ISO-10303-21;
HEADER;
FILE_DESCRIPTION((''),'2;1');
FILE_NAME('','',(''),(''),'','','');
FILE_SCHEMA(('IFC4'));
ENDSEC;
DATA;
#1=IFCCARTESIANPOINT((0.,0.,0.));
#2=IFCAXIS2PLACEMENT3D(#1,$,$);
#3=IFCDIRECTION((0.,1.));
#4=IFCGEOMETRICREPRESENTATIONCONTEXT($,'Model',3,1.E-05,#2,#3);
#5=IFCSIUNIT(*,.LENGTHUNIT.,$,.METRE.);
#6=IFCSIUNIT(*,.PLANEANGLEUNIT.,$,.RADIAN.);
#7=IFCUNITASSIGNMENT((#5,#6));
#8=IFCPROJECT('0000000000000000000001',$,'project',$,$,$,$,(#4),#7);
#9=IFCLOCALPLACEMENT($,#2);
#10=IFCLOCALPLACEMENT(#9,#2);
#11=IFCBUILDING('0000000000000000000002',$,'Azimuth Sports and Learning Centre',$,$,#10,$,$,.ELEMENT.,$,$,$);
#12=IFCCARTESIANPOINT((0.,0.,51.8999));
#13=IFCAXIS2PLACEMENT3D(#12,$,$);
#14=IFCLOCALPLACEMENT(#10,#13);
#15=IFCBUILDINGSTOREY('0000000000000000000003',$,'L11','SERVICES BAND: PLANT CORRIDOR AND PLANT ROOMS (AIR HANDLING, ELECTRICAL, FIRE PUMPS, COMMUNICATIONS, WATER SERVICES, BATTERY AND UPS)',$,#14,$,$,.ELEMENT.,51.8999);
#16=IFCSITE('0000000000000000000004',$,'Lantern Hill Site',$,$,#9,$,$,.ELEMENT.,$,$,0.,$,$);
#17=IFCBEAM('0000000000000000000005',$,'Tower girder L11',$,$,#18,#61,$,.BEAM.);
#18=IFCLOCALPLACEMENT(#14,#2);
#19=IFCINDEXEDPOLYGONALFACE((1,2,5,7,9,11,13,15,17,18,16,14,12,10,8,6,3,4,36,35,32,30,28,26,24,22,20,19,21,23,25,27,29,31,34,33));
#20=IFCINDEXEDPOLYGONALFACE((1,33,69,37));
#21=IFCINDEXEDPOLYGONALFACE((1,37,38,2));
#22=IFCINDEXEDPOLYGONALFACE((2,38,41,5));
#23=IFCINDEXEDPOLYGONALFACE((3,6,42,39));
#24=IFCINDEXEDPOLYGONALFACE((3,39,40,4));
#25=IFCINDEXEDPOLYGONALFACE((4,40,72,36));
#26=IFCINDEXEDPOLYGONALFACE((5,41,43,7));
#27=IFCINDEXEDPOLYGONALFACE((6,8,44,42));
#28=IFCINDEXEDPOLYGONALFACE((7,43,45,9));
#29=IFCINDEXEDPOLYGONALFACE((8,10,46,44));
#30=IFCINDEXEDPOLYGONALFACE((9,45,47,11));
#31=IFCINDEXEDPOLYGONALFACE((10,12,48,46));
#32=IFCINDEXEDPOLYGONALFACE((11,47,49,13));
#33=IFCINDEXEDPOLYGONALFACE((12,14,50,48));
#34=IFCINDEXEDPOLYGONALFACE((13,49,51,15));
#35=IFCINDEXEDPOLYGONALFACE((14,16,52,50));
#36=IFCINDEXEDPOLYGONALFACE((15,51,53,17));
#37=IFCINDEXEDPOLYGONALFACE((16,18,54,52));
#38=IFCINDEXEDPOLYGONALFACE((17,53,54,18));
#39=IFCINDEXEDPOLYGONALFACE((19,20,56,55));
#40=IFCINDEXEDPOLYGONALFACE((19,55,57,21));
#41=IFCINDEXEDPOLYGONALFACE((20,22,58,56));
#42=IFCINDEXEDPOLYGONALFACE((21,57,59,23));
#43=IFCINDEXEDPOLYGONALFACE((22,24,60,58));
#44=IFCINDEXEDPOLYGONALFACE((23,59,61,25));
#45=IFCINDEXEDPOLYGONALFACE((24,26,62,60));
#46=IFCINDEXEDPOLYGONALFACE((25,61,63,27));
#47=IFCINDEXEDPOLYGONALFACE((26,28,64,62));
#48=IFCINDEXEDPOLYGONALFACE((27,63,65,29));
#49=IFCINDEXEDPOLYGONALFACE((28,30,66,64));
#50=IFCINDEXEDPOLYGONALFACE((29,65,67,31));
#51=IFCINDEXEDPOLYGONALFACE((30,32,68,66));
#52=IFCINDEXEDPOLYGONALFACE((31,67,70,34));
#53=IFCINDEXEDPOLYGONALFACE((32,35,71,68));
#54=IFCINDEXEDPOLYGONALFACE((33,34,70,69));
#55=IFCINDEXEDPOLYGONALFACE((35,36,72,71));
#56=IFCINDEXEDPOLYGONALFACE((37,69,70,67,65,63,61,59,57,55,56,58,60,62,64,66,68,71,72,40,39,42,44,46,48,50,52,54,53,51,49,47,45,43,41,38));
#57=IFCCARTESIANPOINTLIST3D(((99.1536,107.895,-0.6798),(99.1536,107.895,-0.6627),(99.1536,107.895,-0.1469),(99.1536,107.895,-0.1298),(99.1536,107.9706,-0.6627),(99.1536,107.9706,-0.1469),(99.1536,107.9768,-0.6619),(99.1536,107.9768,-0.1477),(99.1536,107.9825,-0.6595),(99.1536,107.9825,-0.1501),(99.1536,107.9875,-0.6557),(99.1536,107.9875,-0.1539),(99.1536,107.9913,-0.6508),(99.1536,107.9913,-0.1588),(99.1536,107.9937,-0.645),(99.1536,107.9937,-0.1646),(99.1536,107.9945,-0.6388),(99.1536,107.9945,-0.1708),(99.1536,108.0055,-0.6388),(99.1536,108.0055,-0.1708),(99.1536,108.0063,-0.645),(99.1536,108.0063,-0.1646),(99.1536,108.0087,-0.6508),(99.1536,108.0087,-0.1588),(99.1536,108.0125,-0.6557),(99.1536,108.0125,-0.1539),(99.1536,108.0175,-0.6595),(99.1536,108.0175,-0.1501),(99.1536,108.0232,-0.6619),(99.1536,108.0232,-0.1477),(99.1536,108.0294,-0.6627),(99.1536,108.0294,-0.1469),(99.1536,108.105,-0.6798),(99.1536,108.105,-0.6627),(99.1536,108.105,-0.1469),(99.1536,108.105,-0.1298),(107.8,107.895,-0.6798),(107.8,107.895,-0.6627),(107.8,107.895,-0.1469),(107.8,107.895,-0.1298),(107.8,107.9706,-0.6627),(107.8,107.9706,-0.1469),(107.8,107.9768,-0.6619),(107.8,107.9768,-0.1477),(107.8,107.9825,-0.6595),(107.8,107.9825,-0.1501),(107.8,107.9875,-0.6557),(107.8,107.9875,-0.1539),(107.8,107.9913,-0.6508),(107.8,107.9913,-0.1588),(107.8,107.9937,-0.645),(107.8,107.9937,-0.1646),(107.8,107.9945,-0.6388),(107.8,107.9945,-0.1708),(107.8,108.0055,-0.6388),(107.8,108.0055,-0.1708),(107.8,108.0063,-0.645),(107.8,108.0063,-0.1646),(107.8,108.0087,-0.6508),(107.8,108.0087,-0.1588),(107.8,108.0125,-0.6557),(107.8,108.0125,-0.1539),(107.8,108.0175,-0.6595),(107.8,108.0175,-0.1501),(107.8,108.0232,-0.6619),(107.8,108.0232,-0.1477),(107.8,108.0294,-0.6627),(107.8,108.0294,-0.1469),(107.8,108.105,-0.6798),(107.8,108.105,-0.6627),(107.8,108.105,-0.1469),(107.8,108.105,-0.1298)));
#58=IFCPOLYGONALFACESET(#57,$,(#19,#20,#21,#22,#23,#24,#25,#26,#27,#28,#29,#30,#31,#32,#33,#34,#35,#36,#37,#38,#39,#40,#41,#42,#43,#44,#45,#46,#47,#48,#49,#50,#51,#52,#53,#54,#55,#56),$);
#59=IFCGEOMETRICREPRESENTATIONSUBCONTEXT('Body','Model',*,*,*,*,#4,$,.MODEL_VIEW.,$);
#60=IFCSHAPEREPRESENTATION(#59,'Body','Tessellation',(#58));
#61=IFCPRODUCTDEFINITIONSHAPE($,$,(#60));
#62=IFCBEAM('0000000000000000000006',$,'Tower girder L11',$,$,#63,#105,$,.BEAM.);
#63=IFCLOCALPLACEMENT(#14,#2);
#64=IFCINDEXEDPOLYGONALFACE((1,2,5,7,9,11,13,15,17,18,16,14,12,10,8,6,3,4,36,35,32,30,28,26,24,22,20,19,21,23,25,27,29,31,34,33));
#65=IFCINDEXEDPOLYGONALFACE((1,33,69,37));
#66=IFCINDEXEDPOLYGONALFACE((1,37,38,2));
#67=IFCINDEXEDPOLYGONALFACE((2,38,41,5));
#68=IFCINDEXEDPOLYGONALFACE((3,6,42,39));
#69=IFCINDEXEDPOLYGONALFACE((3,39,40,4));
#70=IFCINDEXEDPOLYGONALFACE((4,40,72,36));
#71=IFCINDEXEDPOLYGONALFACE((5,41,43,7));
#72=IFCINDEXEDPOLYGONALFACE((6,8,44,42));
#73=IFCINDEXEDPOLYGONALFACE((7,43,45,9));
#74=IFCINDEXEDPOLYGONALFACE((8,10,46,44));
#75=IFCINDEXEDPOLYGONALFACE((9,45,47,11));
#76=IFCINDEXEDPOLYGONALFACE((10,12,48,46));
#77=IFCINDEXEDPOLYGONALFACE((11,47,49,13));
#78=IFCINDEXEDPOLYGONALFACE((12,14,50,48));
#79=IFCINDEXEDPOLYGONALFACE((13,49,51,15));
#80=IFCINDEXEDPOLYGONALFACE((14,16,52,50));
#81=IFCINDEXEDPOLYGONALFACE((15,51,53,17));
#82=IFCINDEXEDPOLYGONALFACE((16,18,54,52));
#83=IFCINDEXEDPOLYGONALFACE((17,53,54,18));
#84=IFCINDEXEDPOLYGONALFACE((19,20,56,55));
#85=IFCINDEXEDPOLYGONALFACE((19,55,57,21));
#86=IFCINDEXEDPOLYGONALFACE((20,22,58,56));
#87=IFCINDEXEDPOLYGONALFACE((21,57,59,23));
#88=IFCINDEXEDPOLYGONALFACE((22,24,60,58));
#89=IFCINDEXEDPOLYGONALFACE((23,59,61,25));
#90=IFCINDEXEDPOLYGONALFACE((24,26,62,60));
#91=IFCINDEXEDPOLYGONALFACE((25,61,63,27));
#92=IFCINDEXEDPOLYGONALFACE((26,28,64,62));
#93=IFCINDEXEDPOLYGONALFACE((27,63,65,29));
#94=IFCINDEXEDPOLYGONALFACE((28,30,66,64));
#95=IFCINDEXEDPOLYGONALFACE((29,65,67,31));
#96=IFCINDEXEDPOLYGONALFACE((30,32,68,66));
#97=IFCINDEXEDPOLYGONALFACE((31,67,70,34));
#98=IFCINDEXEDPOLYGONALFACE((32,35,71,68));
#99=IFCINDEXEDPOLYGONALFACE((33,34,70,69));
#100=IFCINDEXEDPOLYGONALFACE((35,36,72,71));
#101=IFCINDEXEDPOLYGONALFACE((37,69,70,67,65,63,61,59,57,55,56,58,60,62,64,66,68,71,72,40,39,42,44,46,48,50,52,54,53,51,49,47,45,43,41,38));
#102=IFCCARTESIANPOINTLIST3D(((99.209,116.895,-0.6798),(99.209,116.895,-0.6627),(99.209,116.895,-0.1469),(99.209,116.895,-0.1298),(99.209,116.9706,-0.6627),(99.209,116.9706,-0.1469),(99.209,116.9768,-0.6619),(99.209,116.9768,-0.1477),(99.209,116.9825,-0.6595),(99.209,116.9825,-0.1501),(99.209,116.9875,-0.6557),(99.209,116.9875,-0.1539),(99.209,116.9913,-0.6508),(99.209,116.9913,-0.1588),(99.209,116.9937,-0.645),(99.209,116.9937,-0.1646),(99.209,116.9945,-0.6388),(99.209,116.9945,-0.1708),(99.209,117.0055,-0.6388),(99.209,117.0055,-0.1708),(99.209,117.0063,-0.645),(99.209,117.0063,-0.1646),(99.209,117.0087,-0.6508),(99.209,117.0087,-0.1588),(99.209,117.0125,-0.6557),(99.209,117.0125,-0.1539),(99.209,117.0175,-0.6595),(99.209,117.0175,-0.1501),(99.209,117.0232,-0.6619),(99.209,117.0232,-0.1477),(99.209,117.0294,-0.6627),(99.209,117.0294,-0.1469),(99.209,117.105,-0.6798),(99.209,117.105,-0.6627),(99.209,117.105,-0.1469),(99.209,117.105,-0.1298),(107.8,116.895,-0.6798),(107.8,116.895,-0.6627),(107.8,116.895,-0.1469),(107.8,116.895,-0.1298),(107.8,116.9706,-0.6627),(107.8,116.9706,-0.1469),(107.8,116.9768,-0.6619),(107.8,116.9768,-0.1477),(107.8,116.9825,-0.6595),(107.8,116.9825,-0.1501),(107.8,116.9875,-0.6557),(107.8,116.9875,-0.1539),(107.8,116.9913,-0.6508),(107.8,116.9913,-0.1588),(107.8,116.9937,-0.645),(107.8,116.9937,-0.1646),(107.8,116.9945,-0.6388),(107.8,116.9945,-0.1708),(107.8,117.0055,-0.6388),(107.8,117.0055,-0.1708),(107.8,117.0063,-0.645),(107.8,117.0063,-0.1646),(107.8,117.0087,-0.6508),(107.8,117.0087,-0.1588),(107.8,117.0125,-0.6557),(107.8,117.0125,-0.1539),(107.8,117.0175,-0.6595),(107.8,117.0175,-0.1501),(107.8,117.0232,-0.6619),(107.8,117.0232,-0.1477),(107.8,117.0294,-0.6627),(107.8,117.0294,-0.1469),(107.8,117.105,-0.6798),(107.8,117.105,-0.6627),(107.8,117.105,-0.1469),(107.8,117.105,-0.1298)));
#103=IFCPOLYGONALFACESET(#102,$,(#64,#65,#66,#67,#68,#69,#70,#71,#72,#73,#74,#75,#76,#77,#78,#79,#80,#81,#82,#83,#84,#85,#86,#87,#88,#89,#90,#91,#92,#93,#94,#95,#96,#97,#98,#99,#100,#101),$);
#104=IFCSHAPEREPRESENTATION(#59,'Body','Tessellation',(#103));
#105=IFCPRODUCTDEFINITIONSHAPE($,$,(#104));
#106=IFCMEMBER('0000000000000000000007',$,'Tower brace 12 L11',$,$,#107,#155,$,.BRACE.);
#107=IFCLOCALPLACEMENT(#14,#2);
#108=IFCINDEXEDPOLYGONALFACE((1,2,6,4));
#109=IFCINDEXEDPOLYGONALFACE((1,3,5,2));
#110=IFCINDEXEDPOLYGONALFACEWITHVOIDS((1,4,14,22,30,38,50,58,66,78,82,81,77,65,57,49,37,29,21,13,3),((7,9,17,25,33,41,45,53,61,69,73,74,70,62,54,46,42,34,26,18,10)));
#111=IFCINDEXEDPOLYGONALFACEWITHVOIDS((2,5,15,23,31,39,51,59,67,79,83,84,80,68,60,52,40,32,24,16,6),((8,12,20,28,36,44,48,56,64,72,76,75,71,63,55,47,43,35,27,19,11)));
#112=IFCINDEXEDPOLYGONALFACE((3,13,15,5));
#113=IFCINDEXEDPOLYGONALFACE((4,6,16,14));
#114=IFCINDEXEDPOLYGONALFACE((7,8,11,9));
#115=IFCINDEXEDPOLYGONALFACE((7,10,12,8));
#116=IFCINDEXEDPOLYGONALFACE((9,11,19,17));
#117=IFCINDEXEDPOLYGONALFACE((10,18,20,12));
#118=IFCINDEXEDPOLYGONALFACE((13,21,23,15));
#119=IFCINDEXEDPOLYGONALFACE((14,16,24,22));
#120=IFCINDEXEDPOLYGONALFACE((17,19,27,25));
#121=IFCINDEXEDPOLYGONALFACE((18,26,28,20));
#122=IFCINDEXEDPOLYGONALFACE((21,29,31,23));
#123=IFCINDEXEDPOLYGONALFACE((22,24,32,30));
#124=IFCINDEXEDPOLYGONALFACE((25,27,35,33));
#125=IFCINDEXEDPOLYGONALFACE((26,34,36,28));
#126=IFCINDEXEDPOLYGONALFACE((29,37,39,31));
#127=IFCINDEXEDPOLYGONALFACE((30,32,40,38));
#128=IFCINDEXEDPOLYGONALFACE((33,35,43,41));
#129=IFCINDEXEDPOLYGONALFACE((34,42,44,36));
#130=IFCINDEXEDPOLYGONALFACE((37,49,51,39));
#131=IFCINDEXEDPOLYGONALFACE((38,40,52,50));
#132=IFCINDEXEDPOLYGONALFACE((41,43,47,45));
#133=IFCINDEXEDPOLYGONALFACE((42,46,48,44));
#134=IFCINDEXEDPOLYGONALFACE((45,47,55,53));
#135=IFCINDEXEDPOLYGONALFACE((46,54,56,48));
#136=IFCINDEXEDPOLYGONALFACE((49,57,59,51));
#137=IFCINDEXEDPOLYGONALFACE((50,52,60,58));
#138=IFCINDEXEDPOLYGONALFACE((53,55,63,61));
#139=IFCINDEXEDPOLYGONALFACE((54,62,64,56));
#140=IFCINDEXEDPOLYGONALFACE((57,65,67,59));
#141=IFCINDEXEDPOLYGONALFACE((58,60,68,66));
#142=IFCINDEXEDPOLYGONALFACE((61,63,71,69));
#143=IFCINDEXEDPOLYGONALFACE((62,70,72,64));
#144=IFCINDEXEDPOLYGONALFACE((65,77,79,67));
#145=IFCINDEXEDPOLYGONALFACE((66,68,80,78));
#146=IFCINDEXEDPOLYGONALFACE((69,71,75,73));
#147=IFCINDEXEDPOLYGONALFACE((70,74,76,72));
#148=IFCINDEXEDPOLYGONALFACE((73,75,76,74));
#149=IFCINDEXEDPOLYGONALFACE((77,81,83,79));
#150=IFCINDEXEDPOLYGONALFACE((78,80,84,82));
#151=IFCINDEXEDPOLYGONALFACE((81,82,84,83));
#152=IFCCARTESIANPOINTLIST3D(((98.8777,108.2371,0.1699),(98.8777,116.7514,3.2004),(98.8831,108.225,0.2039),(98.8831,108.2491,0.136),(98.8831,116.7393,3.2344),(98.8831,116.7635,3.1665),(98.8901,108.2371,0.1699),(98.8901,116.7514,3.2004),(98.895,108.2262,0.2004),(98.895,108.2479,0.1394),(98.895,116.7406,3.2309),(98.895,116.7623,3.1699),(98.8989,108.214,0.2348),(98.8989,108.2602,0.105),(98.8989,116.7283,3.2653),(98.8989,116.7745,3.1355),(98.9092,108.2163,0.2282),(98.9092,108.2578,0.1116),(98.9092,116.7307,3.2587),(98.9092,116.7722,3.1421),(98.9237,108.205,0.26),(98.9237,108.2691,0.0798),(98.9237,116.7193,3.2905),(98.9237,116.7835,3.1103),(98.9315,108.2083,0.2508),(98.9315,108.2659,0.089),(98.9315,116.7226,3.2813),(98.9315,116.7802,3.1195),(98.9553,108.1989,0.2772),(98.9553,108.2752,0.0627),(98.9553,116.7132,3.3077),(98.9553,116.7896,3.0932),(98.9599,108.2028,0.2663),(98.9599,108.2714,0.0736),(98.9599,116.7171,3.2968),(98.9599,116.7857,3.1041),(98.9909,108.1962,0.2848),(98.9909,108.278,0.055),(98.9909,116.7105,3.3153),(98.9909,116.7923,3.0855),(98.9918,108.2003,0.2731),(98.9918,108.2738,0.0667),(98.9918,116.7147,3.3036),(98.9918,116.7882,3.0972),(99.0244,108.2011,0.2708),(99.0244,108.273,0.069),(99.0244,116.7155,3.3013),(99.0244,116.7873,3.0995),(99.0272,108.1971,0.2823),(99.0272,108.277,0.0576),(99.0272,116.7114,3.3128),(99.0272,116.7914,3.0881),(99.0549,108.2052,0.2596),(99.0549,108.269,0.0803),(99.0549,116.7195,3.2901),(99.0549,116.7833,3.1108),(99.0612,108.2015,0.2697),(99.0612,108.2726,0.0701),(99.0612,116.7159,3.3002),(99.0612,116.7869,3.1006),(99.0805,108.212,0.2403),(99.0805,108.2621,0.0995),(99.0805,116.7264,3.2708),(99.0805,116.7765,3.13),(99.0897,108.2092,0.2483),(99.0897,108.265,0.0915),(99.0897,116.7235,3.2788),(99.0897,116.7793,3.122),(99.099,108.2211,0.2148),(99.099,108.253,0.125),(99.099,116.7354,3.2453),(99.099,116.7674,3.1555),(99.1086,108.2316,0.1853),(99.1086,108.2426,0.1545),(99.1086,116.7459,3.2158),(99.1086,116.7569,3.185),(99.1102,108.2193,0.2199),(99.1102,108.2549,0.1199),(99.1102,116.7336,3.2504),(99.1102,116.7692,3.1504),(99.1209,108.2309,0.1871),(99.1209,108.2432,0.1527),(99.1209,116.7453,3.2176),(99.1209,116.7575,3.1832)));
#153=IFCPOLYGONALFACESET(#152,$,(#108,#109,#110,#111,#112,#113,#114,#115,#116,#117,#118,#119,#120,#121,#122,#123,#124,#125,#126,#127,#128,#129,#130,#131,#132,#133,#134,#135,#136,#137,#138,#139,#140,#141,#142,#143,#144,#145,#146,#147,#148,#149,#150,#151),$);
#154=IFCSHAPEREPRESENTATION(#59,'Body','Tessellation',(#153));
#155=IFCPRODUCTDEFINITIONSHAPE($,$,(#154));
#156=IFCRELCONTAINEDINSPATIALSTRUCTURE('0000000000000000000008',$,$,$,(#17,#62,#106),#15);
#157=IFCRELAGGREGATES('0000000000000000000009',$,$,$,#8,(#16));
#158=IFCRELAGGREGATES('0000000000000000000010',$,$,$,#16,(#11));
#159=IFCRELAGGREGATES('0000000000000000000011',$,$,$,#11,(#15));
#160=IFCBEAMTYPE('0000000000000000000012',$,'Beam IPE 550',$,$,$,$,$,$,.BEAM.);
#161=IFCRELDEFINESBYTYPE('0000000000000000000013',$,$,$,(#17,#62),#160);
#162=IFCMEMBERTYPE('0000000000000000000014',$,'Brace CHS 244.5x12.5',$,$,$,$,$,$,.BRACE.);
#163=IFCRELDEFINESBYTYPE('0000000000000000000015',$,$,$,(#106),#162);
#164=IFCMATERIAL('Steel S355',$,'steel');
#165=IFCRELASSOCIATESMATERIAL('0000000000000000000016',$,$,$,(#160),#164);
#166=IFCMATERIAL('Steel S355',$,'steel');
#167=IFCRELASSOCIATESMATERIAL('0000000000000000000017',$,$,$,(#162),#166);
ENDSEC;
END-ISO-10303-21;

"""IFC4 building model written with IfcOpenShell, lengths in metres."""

from ifc_helpers import new_model, si_unit, direction, frame, origin, origin_2d, place, context, subcontext, project, spatial, hollow_circle, i_section, extrude, material, material_profile, profile_set, type_object, element, save


model = new_model("IFC4")

# Units and contexts
model_context = context("Model", 3, precision=1e-05, world=origin(), true_north=direction((0.0, 1.0)))
body_context = subcontext(model_context, "Body", "Model", "MODEL_VIEW")
ifc_project = project(units=[si_unit("LENGTHUNIT", "METRE"), si_unit("PLANEANGLEUNIT", "RADIAN")], contexts=[model_context])

# Site, building, storey
site_placement = place(None, origin())
site = spatial("IfcSite", under=ifc_project, at=site_placement, Name="Lantern Hill Site", CompositionType="ELEMENT", RefElevation=0.0)
building_placement = place(site_placement, origin())
building = spatial("IfcBuilding", under=site, at=building_placement, Name="Azimuth Sports and Learning Centre", CompositionType="ELEMENT")
storey_placement = place(building_placement, frame((0.0, 0.0, 51.8999)))
storey = spatial("IfcBuildingStorey", under=building, at=storey_placement, Name="L11", Description="SERVICES BAND: PLANT CORRIDOR AND PLANT ROOMS (AIR HANDLING, ELECTRICAL, FIRE PUMPS, COMMUNICATIONS, WATER SERVICES, BATTERY AND UPS)", CompositionType="ELEMENT", Elevation=51.8999)

# Beams
ifc_material_1 = material(Name="Steel S355", Category="steel")
ifc_material_profile_1 = material_profile(ifc_material_1, i_section(OverallWidth=0.21, OverallDepth=0.55, WebThickness=0.011, FlangeThickness=0.0171, FilletRadius=0.0239, at=origin_2d()), Name="IPE 550")
ifc_profile_set_1 = profile_set([ifc_material_profile_1], Name="Steel S355")
beam_type_1 = type_object("IfcBeamType", Name="Beam IPE 550", PredefinedType="BEAM", material=ifc_profile_set_1)
beam_1_placement = place(storey_placement, frame((99.1536, 108.0, -0.4048), z_axis=(1.0, 0.0, 0.0), x_axis=(0.0, 1.0, 0.0)))
element("IfcBeam", 1, at=beam_1_placement, inside=storey, type_object=beam_type_1, Name="Tower girder L11", PredefinedType="BEAM", context=body_context, shape_type="SweptSolid", body=[
    extrude(i_section(OverallWidth=0.21, OverallDepth=0.55, WebThickness=0.011, FlangeThickness=0.0171, FilletRadius=0.0239, at=origin_2d()), origin(), (0.0, 0.0, 1.0), 8.6465),
])
beam_2_placement = place(storey_placement, frame((99.209, 117.0, -0.4048), z_axis=(1.0, 0.0, 0.0), x_axis=(0.0, 1.0, 0.0)))
element("IfcBeam", 2, at=beam_2_placement, inside=storey, type_object=beam_type_1, Name="Tower girder L11", PredefinedType="BEAM", context=body_context, shape_type="SweptSolid", body=[
    extrude(i_section(OverallWidth=0.21, OverallDepth=0.55, WebThickness=0.011, FlangeThickness=0.0171, FilletRadius=0.0239, at=origin_2d()), origin(), (0.0, 0.0, 1.0), 8.5911),
])

# Member
ifc_material_2 = material(Name="Steel S355", Category="steel")
ifc_material_profile_2 = material_profile(ifc_material_2, hollow_circle(Radius=0.1223, WallThickness=0.0125, at=origin_2d()), Name="CHS 244.5x12.5")
ifc_profile_set_2 = profile_set([ifc_material_profile_2], Name="Steel S355")
member_type = type_object("IfcMemberType", Name="Brace CHS 244.5x12.5", PredefinedType="BRACE", material=ifc_profile_set_2)
member_placement = place(storey_placement, frame((99.0, 108.2371, 0.1699), z_axis=(0.0, 0.942104, 0.335321), x_axis=(-1.0, 0.0, 0.0)))
element("IfcMember", 3, at=member_placement, inside=storey, type_object=member_type, Name="Tower brace 12 L11", PredefinedType="BRACE", context=body_context, shape_type="SweptSolid", body=[
    extrude(hollow_circle(Radius=0.1223, WallThickness=0.0125, at=origin_2d()), origin(), (0.0, 0.0, 1.0), 9.0376),
])

save(model, "model.ifc")
